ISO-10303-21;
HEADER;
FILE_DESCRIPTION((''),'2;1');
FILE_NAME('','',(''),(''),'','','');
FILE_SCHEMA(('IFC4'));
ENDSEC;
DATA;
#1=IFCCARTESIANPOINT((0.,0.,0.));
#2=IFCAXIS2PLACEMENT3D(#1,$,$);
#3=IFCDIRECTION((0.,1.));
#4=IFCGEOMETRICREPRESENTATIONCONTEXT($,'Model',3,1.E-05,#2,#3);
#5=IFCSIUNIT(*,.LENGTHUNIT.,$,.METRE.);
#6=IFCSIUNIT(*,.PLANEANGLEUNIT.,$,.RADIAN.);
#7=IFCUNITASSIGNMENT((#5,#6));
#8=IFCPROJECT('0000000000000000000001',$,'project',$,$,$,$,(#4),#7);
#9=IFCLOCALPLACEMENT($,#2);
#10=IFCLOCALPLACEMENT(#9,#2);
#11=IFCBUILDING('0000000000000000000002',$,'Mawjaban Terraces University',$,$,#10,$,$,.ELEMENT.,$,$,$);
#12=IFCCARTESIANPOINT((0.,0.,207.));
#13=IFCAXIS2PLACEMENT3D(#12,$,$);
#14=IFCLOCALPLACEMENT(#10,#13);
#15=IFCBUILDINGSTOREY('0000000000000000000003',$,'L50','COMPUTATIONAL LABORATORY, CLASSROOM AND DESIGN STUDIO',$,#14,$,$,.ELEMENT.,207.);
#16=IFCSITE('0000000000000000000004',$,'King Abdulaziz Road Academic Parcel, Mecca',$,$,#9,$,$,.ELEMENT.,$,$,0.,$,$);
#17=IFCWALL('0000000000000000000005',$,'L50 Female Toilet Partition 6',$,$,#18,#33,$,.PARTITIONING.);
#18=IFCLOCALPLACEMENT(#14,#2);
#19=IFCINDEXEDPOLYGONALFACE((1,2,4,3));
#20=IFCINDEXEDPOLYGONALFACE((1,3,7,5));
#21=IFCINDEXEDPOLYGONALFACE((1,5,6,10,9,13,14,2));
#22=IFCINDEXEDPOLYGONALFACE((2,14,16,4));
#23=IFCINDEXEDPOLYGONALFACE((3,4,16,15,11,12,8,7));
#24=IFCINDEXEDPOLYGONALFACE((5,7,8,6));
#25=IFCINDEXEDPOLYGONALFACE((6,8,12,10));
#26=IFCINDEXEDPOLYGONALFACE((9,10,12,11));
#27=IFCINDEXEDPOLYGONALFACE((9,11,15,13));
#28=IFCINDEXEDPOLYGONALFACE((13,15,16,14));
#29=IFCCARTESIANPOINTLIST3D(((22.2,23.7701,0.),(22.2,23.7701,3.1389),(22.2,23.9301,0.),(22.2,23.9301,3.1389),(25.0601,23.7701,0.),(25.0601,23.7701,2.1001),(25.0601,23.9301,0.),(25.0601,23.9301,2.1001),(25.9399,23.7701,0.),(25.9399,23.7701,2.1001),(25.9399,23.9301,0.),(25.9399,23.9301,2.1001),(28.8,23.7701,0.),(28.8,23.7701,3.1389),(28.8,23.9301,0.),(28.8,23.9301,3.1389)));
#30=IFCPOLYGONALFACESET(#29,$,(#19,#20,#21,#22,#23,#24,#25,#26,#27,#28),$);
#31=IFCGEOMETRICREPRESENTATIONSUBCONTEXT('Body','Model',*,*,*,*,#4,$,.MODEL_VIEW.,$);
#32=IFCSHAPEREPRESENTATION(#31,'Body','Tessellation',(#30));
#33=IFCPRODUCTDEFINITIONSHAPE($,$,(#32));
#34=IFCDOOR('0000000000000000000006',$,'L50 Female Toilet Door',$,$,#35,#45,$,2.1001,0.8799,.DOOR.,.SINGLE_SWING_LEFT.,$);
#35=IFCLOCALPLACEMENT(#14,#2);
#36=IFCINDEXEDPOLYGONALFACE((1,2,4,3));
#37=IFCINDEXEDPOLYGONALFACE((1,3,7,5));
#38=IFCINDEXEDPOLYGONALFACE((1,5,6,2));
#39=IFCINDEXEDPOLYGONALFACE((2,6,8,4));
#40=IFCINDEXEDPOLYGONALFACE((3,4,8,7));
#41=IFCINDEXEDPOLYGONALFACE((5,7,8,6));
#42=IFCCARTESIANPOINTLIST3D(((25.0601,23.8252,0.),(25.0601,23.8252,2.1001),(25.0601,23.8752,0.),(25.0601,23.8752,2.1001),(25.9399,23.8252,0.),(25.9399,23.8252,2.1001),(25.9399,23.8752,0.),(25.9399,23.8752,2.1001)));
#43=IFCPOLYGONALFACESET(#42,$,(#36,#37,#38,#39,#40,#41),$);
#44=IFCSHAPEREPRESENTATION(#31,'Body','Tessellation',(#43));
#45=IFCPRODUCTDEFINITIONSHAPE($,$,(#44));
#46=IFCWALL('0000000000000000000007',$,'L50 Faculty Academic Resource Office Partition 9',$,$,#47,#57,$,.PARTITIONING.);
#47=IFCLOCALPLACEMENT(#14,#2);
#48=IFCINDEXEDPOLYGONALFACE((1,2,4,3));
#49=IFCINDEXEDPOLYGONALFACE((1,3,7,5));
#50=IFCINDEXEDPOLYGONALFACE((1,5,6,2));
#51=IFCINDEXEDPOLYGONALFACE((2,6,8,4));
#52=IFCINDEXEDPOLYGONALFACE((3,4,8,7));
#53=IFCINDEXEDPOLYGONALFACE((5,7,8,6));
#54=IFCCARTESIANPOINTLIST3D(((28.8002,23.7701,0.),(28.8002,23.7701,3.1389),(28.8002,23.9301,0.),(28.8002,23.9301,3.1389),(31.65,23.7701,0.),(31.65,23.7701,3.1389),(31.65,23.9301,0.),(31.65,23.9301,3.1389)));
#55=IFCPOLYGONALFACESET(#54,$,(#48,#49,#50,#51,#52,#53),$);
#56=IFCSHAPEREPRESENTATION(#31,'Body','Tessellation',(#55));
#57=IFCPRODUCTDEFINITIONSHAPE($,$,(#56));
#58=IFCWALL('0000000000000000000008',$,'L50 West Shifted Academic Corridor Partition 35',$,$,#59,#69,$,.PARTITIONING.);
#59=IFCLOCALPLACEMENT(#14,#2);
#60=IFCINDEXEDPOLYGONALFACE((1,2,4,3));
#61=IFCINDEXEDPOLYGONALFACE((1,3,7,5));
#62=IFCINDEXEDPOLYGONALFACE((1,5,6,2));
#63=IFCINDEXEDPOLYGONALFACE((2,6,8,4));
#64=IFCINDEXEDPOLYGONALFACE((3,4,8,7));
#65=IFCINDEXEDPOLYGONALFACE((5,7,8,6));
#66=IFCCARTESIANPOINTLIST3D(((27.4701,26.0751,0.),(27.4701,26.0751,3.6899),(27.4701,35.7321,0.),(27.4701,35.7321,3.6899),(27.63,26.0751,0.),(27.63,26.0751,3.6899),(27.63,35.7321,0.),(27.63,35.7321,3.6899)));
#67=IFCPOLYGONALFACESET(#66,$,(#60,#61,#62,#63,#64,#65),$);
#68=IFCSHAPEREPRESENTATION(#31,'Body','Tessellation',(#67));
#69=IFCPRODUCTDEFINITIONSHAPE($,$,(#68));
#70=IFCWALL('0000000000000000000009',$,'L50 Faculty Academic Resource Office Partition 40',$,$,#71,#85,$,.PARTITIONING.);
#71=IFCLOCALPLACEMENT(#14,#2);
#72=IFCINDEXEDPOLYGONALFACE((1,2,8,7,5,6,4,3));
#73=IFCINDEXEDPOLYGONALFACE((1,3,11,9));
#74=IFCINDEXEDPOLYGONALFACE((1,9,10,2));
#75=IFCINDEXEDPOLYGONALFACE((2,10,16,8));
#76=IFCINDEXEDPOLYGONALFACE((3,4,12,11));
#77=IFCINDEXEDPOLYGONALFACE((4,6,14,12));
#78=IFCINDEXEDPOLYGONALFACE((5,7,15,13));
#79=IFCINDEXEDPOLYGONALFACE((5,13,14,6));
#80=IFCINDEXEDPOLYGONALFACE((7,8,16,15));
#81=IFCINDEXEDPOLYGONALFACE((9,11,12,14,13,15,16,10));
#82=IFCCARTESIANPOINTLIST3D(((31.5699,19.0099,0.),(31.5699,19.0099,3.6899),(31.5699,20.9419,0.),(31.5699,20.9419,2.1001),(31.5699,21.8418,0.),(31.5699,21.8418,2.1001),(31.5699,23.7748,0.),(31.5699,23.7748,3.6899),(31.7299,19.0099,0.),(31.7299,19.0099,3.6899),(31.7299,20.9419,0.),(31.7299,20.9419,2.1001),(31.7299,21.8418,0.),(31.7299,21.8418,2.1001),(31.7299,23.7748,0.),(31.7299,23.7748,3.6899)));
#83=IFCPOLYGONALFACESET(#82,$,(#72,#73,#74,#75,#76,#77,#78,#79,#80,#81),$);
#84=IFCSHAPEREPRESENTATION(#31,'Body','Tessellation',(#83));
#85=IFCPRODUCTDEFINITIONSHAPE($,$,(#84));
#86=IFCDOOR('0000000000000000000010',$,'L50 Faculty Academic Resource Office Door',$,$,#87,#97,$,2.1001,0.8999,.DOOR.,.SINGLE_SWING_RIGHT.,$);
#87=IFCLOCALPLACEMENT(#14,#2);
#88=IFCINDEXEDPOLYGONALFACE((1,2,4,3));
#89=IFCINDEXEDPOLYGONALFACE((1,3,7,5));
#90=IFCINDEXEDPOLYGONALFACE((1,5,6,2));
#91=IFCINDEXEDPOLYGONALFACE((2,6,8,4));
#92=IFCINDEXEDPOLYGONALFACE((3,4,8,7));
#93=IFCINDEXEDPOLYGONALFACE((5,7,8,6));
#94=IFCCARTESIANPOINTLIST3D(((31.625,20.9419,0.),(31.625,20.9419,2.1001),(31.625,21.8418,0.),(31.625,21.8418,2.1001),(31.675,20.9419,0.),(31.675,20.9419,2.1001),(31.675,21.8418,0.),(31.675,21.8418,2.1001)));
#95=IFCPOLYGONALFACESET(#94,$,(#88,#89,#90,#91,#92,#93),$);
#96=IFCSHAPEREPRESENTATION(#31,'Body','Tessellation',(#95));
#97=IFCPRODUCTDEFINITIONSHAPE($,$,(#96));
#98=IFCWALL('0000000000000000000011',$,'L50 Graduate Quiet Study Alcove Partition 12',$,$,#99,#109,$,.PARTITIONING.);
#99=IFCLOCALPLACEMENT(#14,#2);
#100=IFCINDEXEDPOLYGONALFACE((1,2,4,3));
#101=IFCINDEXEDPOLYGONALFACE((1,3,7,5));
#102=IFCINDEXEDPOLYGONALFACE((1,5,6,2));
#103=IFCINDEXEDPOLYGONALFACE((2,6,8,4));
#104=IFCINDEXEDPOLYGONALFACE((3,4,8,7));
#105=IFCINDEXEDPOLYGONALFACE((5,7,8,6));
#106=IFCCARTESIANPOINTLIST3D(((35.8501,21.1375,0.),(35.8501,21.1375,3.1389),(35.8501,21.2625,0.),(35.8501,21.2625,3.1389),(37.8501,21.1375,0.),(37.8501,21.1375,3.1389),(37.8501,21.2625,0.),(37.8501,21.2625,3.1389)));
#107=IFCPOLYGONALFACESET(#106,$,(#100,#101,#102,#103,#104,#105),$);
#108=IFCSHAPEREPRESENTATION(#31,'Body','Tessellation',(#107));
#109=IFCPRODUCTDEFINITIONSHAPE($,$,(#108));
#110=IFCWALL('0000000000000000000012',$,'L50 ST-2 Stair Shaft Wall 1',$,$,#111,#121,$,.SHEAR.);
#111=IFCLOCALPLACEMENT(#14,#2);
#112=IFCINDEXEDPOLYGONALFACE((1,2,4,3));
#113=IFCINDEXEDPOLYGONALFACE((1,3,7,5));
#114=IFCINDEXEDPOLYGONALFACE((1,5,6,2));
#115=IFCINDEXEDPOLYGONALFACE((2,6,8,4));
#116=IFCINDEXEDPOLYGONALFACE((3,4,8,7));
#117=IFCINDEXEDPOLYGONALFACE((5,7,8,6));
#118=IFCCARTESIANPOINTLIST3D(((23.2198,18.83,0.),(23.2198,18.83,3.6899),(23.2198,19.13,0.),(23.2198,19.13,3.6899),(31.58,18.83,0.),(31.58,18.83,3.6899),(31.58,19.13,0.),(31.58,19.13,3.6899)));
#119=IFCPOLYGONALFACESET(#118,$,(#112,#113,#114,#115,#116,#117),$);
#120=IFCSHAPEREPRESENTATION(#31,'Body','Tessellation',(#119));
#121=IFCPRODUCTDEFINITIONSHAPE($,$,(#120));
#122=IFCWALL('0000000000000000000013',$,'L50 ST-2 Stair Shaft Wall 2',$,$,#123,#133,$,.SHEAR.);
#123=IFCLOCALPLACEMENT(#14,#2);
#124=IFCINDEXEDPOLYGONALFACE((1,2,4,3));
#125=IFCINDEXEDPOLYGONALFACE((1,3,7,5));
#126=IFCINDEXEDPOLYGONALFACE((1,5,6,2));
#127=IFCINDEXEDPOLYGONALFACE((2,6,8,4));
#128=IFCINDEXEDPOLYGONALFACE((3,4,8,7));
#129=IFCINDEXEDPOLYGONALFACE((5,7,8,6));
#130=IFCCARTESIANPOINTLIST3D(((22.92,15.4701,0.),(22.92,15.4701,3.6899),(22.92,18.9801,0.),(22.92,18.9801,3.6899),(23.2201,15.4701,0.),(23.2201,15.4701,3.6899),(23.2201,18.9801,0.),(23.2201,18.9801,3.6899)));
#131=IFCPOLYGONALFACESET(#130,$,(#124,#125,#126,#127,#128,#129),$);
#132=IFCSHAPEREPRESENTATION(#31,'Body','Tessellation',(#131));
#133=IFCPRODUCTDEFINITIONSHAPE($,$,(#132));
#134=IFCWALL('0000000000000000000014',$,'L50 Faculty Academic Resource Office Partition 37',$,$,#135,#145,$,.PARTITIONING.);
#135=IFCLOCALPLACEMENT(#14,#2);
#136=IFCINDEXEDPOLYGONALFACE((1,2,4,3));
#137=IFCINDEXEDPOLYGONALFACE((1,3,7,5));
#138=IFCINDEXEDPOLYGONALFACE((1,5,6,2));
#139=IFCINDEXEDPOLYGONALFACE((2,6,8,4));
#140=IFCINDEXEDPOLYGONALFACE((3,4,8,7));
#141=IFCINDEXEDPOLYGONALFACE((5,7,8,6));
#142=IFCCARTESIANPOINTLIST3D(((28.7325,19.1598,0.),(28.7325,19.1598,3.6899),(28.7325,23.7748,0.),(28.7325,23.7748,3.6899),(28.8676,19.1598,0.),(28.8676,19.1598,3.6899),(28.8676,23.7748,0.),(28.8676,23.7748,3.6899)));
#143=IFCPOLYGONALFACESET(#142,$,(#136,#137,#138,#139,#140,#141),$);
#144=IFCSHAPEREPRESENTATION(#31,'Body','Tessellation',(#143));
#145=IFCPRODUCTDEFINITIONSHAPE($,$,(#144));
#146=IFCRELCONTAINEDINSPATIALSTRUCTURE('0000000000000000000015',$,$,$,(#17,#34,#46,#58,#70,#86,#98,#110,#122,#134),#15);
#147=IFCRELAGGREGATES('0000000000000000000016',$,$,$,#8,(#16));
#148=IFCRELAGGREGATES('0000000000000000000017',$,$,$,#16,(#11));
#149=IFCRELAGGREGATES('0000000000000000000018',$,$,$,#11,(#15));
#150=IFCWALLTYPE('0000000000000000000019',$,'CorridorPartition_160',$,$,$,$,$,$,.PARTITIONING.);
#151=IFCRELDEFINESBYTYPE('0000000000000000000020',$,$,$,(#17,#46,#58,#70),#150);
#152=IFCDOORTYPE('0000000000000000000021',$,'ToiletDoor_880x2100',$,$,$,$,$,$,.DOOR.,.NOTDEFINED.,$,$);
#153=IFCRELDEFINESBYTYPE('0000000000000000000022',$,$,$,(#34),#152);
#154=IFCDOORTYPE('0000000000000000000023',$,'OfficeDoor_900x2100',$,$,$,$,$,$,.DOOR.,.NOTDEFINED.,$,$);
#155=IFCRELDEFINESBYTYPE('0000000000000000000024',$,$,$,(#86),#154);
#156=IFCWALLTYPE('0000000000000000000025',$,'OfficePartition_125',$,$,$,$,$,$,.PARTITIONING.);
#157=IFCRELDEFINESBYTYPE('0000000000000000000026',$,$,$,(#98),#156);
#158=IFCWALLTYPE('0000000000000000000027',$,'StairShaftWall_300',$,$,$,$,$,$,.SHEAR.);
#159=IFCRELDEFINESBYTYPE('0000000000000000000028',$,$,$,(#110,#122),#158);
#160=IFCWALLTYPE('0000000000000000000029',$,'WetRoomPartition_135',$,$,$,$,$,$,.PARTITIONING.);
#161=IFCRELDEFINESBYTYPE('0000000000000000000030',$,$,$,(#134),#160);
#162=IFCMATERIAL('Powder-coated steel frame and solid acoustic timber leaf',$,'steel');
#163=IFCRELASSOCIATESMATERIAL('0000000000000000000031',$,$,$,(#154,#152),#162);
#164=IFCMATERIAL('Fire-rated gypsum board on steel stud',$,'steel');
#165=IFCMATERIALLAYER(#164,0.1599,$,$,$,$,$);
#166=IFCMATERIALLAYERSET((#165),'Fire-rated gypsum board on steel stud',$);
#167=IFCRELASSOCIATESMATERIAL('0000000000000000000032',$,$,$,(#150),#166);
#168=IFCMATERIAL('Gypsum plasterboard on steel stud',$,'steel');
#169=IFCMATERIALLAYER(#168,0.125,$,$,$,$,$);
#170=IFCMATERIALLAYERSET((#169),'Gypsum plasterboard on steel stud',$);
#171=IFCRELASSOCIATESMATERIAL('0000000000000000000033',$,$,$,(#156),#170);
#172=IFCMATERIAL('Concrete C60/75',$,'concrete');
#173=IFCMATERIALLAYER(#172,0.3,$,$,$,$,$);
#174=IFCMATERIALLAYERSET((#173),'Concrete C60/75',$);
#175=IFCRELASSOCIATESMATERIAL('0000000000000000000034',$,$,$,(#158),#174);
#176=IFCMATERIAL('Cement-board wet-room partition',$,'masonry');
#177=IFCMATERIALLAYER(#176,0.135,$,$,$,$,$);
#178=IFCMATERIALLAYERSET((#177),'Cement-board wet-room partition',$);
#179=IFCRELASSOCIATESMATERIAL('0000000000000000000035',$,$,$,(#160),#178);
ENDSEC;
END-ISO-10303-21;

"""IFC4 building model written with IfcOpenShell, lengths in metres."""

from ifc_helpers import new_model, si_unit, direction, frame, frame_2d, origin, place, context, subcontext, project, spatial, rectangle, extrude, material, layer, layer_set, type_object, element, fill, save


model = new_model("IFC4")

# Units and contexts
model_context = context("Model", 3, precision=1e-05, world=origin(), true_north=direction((0.0, 1.0)))
body_context = subcontext(model_context, "Body", "Model", "MODEL_VIEW")
ifc_project = project(units=[si_unit("LENGTHUNIT", "METRE"), si_unit("PLANEANGLEUNIT", "RADIAN")], contexts=[model_context])

# Site, building, storey
site_placement = place(None, origin())
site = spatial("IfcSite", under=ifc_project, at=site_placement, Name="King Abdulaziz Road Academic Parcel, Mecca", CompositionType="ELEMENT", RefElevation=0.0)
building_placement = place(site_placement, origin())
building = spatial("IfcBuilding", under=site, at=building_placement, Name="Mawjaban Terraces University", CompositionType="ELEMENT")
storey_placement = place(building_placement, frame((0.0, 0.0, 207.0)))
storey = spatial("IfcBuildingStorey", under=building, at=storey_placement, Name="L50", Description="COMPUTATIONAL LABORATORY, CLASSROOM AND DESIGN STUDIO", CompositionType="ELEMENT", Elevation=207.0)

# Shared definitions
ifc_material_1 = material(Name="Concrete C60/75", Category="concrete")

# Shared definitions
ifc_material_2 = material(Name="Powder-coated steel frame and solid acoustic timber leaf", Category="steel")
door_type_1 = type_object("IfcDoorType", Name="OfficeDoor_900x2100", OperationType="NOTDEFINED", PredefinedType="DOOR", material=ifc_material_2)

# Shared definitions
ifc_material_3 = material(Name="Fire-rated gypsum board on steel stud", Category="steel")
ifc_layer_1 = layer(ifc_material_3, 0.1599)
ifc_layer_set_1 = layer_set([ifc_layer_1], Name="Fire-rated gypsum board on steel stud")
wall_type_1 = type_object("IfcWallType", Name="CorridorPartition_160", PredefinedType="PARTITIONING", material=ifc_layer_set_1)

# Wall, opening, door
wall_1_placement = place(storey_placement, frame((28.8, 23.8501, 0.0), z_axis=(0.0, 0.0, 1.0), x_axis=(-1.0, 0.0, 0.0)))
wall_1 = element("IfcWall", 1, at=wall_1_placement, inside=storey, type_object=wall_type_1, Name="L50 Female Toilet Partition 6", PredefinedType="PARTITIONING", context=body_context, shape_type="SweptSolid", body=[
    extrude(rectangle(XDim=6.6001, YDim=0.1599, at=frame_2d((3.3, 0.0))), origin(), (0.0, 0.0, 1.0), 3.1389),
])
opening_1_placement = place(wall_1_placement, frame((2.8601, 0.0, 0.0)))
opening_1 = element("IfcOpeningElement", 2, at=opening_1_placement, cuts=wall_1, PredefinedType="OPENING", context=body_context, shape_type="SweptSolid", body=[
    extrude(rectangle(XDim=0.8799, YDim=2.1001, at=frame_2d((0.4399, 1.05))), frame((0.0, 0.0898, 0.0), z_axis=(0.0, -1.0, 0.0), x_axis=(1.0, 0.0, 0.0)), (0.0, 0.0, 1.0), 0.1799),
])
door_type_2 = type_object("IfcDoorType", Name="ToiletDoor_880x2100", OperationType="NOTDEFINED", PredefinedType="DOOR", material=ifc_material_2)
door_1_placement = place(opening_1_placement, origin())
door_1 = element("IfcDoor", 3, at=door_1_placement, inside=storey, type_object=door_type_2, Name="L50 Female Toilet Door", OperationType="SINGLE_SWING_LEFT", OverallHeight=2.1001, OverallWidth=0.8799, PredefinedType="DOOR", context=body_context, shape_type="SweptSolid", body=[
    extrude(rectangle(XDim=0.8799, YDim=2.1001, at=frame_2d((0.4399, 1.05))), frame((0.0, 0.0249, 0.0), z_axis=(0.0, -1.0, 0.0), x_axis=(1.0, 0.0, 0.0)), (0.0, 0.0, 1.0), 0.05),
])
fill(opening_1, door_1)

# Walls
wall_2_placement = place(storey_placement, frame((31.6499, 23.8501, 0.0), z_axis=(0.0, 0.0, 1.0), x_axis=(-1.0, 0.0, 0.0)))
element("IfcWall", 4, at=wall_2_placement, inside=storey, type_object=wall_type_1, Name="L50 Faculty Academic Resource Office Partition 9", PredefinedType="PARTITIONING", context=body_context, shape_type="SweptSolid", body=[
    extrude(rectangle(XDim=2.8499, YDim=0.1599, at=frame_2d((1.4248, 0.0))), origin(), (0.0, 0.0, 1.0), 3.1389),
])
wall_3_placement = place(storey_placement, frame((27.55, 26.075, 0.0), z_axis=(0.0, 0.0, 1.0), x_axis=(0.0, 1.0, 0.0)))
element("IfcWall", 5, at=wall_3_placement, inside=storey, type_object=wall_type_1, Name="L50 West Shifted Academic Corridor Partition 35", PredefinedType="PARTITIONING", context=body_context, shape_type="SweptSolid", body=[
    extrude(rectangle(XDim=9.657, YDim=0.1599, at=frame_2d((4.8286, 0.0))), origin(), (0.0, 0.0, 1.0), 3.6899),
])

# Wall, opening, door
wall_4_placement = place(storey_placement, frame((31.6499, 19.01, 0.0), z_axis=(0.0, 0.0, 1.0), x_axis=(0.0, 1.0, 0.0)))
wall_4 = element("IfcWall", 6, at=wall_4_placement, inside=storey, type_object=wall_type_1, Name="L50 Faculty Academic Resource Office Partition 40", PredefinedType="PARTITIONING", context=body_context, shape_type="SweptSolid", body=[
    extrude(rectangle(XDim=4.7649, YDim=0.1599, at=frame_2d((2.3823, 0.0))), origin(), (0.0, 0.0, 1.0), 3.6899),
])
opening_2_placement = place(wall_4_placement, frame((1.9319, 0.0, 0.0)))
opening_2 = element("IfcOpeningElement", 7, at=opening_2_placement, cuts=wall_4, PredefinedType="OPENING", context=body_context, shape_type="SweptSolid", body=[
    extrude(rectangle(XDim=0.8999, YDim=2.1001, at=frame_2d((0.45, 1.05))), frame((0.0, 0.0898, 0.0), z_axis=(0.0, -1.0, 0.0), x_axis=(1.0, 0.0, 0.0)), (0.0, 0.0, 1.0), 0.1799),
])
door_2_placement = place(opening_2_placement, origin())
door_2 = element("IfcDoor", 8, at=door_2_placement, inside=storey, type_object=door_type_1, Name="L50 Faculty Academic Resource Office Door", OperationType="SINGLE_SWING_RIGHT", OverallHeight=2.1001, OverallWidth=0.8999, PredefinedType="DOOR", context=body_context, shape_type="SweptSolid", body=[
    extrude(rectangle(XDim=0.8999, YDim=2.1001, at=frame_2d((0.45, 1.05))), frame((0.0, 0.0249, 0.0), z_axis=(0.0, -1.0, 0.0), x_axis=(1.0, 0.0, 0.0)), (0.0, 0.0, 1.0), 0.05),
])
fill(opening_2, door_2)

# Walls
ifc_material_4 = material(Name="Gypsum plasterboard on steel stud", Category="steel")
ifc_layer_2 = layer(ifc_material_4, 0.125)
ifc_layer_set_2 = layer_set([ifc_layer_2], Name="Gypsum plasterboard on steel stud")
wall_type_2 = type_object("IfcWallType", Name="OfficePartition_125", PredefinedType="PARTITIONING", material=ifc_layer_set_2)
wall_5_placement = place(storey_placement, frame((35.8501, 21.2, 0.0), z_axis=(0.0, 0.0, 1.0), x_axis=(1.0, 0.0, 0.0)))
element("IfcWall", 9, at=wall_5_placement, inside=storey, type_object=wall_type_2, Name="L50 Graduate Quiet Study Alcove Partition 12", PredefinedType="PARTITIONING", context=body_context, shape_type="SweptSolid", body=[
    extrude(rectangle(XDim=2.0, YDim=0.125, at=frame_2d((1.0, 0.0))), origin(), (0.0, 0.0, 1.0), 3.1389),
])
ifc_layer_3 = layer(ifc_material_1, 0.3)
ifc_layer_set_3 = layer_set([ifc_layer_3], Name="Concrete C60/75")
wall_type_3 = type_object("IfcWallType", Name="StairShaftWall_300", PredefinedType="SHEAR", material=ifc_layer_set_3)
wall_6_placement = place(storey_placement, frame((31.5801, 18.98, 0.0), z_axis=(0.0, 0.0, 1.0), x_axis=(-1.0, 0.0, 0.0)))
element("IfcWall", 10, at=wall_6_placement, inside=storey, type_object=wall_type_3, Name="L50 ST-2 Stair Shaft Wall 1", PredefinedType="SHEAR", context=body_context, shape_type="SweptSolid", body=[
    extrude(rectangle(XDim=8.3601, YDim=0.3, at=frame_2d((4.1802, 0.0))), origin(), (0.0, 0.0, 1.0), 3.6899),
])
wall_7_placement = place(storey_placement, frame((23.0701, 18.98, 0.0), z_axis=(0.0, 0.0, 1.0), x_axis=(0.0, -1.0, 0.0)))
element("IfcWall", 11, at=wall_7_placement, inside=storey, type_object=wall_type_3, Name="L50 ST-2 Stair Shaft Wall 2", PredefinedType="SHEAR", context=body_context, shape_type="SweptSolid", body=[
    extrude(rectangle(XDim=3.51, YDim=0.3, at=frame_2d((1.7549, 0.0))), origin(), (0.0, 0.0, 1.0), 3.6899),
])
ifc_material_5 = material(Name="Cement-board wet-room partition", Category="masonry")
ifc_layer_4 = layer(ifc_material_5, 0.135)
ifc_layer_set_4 = layer_set([ifc_layer_4], Name="Cement-board wet-room partition")
wall_type_4 = type_object("IfcWallType", Name="WetRoomPartition_135", PredefinedType="PARTITIONING", material=ifc_layer_set_4)
wall_8_placement = place(storey_placement, frame((28.8, 23.7749, 0.0), z_axis=(0.0, 0.0, 1.0), x_axis=(0.0, -1.0, 0.0)))
element("IfcWall", 12, at=wall_8_placement, inside=storey, type_object=wall_type_4, Name="L50 Faculty Academic Resource Office Partition 37", PredefinedType="PARTITIONING", context=body_context, shape_type="SweptSolid", body=[
    extrude(rectangle(XDim=4.615, YDim=0.135, at=frame_2d((2.3076, 0.0))), origin(), (0.0, 0.0, 1.0), 3.6899),
])

save(model, "model.ifc")
